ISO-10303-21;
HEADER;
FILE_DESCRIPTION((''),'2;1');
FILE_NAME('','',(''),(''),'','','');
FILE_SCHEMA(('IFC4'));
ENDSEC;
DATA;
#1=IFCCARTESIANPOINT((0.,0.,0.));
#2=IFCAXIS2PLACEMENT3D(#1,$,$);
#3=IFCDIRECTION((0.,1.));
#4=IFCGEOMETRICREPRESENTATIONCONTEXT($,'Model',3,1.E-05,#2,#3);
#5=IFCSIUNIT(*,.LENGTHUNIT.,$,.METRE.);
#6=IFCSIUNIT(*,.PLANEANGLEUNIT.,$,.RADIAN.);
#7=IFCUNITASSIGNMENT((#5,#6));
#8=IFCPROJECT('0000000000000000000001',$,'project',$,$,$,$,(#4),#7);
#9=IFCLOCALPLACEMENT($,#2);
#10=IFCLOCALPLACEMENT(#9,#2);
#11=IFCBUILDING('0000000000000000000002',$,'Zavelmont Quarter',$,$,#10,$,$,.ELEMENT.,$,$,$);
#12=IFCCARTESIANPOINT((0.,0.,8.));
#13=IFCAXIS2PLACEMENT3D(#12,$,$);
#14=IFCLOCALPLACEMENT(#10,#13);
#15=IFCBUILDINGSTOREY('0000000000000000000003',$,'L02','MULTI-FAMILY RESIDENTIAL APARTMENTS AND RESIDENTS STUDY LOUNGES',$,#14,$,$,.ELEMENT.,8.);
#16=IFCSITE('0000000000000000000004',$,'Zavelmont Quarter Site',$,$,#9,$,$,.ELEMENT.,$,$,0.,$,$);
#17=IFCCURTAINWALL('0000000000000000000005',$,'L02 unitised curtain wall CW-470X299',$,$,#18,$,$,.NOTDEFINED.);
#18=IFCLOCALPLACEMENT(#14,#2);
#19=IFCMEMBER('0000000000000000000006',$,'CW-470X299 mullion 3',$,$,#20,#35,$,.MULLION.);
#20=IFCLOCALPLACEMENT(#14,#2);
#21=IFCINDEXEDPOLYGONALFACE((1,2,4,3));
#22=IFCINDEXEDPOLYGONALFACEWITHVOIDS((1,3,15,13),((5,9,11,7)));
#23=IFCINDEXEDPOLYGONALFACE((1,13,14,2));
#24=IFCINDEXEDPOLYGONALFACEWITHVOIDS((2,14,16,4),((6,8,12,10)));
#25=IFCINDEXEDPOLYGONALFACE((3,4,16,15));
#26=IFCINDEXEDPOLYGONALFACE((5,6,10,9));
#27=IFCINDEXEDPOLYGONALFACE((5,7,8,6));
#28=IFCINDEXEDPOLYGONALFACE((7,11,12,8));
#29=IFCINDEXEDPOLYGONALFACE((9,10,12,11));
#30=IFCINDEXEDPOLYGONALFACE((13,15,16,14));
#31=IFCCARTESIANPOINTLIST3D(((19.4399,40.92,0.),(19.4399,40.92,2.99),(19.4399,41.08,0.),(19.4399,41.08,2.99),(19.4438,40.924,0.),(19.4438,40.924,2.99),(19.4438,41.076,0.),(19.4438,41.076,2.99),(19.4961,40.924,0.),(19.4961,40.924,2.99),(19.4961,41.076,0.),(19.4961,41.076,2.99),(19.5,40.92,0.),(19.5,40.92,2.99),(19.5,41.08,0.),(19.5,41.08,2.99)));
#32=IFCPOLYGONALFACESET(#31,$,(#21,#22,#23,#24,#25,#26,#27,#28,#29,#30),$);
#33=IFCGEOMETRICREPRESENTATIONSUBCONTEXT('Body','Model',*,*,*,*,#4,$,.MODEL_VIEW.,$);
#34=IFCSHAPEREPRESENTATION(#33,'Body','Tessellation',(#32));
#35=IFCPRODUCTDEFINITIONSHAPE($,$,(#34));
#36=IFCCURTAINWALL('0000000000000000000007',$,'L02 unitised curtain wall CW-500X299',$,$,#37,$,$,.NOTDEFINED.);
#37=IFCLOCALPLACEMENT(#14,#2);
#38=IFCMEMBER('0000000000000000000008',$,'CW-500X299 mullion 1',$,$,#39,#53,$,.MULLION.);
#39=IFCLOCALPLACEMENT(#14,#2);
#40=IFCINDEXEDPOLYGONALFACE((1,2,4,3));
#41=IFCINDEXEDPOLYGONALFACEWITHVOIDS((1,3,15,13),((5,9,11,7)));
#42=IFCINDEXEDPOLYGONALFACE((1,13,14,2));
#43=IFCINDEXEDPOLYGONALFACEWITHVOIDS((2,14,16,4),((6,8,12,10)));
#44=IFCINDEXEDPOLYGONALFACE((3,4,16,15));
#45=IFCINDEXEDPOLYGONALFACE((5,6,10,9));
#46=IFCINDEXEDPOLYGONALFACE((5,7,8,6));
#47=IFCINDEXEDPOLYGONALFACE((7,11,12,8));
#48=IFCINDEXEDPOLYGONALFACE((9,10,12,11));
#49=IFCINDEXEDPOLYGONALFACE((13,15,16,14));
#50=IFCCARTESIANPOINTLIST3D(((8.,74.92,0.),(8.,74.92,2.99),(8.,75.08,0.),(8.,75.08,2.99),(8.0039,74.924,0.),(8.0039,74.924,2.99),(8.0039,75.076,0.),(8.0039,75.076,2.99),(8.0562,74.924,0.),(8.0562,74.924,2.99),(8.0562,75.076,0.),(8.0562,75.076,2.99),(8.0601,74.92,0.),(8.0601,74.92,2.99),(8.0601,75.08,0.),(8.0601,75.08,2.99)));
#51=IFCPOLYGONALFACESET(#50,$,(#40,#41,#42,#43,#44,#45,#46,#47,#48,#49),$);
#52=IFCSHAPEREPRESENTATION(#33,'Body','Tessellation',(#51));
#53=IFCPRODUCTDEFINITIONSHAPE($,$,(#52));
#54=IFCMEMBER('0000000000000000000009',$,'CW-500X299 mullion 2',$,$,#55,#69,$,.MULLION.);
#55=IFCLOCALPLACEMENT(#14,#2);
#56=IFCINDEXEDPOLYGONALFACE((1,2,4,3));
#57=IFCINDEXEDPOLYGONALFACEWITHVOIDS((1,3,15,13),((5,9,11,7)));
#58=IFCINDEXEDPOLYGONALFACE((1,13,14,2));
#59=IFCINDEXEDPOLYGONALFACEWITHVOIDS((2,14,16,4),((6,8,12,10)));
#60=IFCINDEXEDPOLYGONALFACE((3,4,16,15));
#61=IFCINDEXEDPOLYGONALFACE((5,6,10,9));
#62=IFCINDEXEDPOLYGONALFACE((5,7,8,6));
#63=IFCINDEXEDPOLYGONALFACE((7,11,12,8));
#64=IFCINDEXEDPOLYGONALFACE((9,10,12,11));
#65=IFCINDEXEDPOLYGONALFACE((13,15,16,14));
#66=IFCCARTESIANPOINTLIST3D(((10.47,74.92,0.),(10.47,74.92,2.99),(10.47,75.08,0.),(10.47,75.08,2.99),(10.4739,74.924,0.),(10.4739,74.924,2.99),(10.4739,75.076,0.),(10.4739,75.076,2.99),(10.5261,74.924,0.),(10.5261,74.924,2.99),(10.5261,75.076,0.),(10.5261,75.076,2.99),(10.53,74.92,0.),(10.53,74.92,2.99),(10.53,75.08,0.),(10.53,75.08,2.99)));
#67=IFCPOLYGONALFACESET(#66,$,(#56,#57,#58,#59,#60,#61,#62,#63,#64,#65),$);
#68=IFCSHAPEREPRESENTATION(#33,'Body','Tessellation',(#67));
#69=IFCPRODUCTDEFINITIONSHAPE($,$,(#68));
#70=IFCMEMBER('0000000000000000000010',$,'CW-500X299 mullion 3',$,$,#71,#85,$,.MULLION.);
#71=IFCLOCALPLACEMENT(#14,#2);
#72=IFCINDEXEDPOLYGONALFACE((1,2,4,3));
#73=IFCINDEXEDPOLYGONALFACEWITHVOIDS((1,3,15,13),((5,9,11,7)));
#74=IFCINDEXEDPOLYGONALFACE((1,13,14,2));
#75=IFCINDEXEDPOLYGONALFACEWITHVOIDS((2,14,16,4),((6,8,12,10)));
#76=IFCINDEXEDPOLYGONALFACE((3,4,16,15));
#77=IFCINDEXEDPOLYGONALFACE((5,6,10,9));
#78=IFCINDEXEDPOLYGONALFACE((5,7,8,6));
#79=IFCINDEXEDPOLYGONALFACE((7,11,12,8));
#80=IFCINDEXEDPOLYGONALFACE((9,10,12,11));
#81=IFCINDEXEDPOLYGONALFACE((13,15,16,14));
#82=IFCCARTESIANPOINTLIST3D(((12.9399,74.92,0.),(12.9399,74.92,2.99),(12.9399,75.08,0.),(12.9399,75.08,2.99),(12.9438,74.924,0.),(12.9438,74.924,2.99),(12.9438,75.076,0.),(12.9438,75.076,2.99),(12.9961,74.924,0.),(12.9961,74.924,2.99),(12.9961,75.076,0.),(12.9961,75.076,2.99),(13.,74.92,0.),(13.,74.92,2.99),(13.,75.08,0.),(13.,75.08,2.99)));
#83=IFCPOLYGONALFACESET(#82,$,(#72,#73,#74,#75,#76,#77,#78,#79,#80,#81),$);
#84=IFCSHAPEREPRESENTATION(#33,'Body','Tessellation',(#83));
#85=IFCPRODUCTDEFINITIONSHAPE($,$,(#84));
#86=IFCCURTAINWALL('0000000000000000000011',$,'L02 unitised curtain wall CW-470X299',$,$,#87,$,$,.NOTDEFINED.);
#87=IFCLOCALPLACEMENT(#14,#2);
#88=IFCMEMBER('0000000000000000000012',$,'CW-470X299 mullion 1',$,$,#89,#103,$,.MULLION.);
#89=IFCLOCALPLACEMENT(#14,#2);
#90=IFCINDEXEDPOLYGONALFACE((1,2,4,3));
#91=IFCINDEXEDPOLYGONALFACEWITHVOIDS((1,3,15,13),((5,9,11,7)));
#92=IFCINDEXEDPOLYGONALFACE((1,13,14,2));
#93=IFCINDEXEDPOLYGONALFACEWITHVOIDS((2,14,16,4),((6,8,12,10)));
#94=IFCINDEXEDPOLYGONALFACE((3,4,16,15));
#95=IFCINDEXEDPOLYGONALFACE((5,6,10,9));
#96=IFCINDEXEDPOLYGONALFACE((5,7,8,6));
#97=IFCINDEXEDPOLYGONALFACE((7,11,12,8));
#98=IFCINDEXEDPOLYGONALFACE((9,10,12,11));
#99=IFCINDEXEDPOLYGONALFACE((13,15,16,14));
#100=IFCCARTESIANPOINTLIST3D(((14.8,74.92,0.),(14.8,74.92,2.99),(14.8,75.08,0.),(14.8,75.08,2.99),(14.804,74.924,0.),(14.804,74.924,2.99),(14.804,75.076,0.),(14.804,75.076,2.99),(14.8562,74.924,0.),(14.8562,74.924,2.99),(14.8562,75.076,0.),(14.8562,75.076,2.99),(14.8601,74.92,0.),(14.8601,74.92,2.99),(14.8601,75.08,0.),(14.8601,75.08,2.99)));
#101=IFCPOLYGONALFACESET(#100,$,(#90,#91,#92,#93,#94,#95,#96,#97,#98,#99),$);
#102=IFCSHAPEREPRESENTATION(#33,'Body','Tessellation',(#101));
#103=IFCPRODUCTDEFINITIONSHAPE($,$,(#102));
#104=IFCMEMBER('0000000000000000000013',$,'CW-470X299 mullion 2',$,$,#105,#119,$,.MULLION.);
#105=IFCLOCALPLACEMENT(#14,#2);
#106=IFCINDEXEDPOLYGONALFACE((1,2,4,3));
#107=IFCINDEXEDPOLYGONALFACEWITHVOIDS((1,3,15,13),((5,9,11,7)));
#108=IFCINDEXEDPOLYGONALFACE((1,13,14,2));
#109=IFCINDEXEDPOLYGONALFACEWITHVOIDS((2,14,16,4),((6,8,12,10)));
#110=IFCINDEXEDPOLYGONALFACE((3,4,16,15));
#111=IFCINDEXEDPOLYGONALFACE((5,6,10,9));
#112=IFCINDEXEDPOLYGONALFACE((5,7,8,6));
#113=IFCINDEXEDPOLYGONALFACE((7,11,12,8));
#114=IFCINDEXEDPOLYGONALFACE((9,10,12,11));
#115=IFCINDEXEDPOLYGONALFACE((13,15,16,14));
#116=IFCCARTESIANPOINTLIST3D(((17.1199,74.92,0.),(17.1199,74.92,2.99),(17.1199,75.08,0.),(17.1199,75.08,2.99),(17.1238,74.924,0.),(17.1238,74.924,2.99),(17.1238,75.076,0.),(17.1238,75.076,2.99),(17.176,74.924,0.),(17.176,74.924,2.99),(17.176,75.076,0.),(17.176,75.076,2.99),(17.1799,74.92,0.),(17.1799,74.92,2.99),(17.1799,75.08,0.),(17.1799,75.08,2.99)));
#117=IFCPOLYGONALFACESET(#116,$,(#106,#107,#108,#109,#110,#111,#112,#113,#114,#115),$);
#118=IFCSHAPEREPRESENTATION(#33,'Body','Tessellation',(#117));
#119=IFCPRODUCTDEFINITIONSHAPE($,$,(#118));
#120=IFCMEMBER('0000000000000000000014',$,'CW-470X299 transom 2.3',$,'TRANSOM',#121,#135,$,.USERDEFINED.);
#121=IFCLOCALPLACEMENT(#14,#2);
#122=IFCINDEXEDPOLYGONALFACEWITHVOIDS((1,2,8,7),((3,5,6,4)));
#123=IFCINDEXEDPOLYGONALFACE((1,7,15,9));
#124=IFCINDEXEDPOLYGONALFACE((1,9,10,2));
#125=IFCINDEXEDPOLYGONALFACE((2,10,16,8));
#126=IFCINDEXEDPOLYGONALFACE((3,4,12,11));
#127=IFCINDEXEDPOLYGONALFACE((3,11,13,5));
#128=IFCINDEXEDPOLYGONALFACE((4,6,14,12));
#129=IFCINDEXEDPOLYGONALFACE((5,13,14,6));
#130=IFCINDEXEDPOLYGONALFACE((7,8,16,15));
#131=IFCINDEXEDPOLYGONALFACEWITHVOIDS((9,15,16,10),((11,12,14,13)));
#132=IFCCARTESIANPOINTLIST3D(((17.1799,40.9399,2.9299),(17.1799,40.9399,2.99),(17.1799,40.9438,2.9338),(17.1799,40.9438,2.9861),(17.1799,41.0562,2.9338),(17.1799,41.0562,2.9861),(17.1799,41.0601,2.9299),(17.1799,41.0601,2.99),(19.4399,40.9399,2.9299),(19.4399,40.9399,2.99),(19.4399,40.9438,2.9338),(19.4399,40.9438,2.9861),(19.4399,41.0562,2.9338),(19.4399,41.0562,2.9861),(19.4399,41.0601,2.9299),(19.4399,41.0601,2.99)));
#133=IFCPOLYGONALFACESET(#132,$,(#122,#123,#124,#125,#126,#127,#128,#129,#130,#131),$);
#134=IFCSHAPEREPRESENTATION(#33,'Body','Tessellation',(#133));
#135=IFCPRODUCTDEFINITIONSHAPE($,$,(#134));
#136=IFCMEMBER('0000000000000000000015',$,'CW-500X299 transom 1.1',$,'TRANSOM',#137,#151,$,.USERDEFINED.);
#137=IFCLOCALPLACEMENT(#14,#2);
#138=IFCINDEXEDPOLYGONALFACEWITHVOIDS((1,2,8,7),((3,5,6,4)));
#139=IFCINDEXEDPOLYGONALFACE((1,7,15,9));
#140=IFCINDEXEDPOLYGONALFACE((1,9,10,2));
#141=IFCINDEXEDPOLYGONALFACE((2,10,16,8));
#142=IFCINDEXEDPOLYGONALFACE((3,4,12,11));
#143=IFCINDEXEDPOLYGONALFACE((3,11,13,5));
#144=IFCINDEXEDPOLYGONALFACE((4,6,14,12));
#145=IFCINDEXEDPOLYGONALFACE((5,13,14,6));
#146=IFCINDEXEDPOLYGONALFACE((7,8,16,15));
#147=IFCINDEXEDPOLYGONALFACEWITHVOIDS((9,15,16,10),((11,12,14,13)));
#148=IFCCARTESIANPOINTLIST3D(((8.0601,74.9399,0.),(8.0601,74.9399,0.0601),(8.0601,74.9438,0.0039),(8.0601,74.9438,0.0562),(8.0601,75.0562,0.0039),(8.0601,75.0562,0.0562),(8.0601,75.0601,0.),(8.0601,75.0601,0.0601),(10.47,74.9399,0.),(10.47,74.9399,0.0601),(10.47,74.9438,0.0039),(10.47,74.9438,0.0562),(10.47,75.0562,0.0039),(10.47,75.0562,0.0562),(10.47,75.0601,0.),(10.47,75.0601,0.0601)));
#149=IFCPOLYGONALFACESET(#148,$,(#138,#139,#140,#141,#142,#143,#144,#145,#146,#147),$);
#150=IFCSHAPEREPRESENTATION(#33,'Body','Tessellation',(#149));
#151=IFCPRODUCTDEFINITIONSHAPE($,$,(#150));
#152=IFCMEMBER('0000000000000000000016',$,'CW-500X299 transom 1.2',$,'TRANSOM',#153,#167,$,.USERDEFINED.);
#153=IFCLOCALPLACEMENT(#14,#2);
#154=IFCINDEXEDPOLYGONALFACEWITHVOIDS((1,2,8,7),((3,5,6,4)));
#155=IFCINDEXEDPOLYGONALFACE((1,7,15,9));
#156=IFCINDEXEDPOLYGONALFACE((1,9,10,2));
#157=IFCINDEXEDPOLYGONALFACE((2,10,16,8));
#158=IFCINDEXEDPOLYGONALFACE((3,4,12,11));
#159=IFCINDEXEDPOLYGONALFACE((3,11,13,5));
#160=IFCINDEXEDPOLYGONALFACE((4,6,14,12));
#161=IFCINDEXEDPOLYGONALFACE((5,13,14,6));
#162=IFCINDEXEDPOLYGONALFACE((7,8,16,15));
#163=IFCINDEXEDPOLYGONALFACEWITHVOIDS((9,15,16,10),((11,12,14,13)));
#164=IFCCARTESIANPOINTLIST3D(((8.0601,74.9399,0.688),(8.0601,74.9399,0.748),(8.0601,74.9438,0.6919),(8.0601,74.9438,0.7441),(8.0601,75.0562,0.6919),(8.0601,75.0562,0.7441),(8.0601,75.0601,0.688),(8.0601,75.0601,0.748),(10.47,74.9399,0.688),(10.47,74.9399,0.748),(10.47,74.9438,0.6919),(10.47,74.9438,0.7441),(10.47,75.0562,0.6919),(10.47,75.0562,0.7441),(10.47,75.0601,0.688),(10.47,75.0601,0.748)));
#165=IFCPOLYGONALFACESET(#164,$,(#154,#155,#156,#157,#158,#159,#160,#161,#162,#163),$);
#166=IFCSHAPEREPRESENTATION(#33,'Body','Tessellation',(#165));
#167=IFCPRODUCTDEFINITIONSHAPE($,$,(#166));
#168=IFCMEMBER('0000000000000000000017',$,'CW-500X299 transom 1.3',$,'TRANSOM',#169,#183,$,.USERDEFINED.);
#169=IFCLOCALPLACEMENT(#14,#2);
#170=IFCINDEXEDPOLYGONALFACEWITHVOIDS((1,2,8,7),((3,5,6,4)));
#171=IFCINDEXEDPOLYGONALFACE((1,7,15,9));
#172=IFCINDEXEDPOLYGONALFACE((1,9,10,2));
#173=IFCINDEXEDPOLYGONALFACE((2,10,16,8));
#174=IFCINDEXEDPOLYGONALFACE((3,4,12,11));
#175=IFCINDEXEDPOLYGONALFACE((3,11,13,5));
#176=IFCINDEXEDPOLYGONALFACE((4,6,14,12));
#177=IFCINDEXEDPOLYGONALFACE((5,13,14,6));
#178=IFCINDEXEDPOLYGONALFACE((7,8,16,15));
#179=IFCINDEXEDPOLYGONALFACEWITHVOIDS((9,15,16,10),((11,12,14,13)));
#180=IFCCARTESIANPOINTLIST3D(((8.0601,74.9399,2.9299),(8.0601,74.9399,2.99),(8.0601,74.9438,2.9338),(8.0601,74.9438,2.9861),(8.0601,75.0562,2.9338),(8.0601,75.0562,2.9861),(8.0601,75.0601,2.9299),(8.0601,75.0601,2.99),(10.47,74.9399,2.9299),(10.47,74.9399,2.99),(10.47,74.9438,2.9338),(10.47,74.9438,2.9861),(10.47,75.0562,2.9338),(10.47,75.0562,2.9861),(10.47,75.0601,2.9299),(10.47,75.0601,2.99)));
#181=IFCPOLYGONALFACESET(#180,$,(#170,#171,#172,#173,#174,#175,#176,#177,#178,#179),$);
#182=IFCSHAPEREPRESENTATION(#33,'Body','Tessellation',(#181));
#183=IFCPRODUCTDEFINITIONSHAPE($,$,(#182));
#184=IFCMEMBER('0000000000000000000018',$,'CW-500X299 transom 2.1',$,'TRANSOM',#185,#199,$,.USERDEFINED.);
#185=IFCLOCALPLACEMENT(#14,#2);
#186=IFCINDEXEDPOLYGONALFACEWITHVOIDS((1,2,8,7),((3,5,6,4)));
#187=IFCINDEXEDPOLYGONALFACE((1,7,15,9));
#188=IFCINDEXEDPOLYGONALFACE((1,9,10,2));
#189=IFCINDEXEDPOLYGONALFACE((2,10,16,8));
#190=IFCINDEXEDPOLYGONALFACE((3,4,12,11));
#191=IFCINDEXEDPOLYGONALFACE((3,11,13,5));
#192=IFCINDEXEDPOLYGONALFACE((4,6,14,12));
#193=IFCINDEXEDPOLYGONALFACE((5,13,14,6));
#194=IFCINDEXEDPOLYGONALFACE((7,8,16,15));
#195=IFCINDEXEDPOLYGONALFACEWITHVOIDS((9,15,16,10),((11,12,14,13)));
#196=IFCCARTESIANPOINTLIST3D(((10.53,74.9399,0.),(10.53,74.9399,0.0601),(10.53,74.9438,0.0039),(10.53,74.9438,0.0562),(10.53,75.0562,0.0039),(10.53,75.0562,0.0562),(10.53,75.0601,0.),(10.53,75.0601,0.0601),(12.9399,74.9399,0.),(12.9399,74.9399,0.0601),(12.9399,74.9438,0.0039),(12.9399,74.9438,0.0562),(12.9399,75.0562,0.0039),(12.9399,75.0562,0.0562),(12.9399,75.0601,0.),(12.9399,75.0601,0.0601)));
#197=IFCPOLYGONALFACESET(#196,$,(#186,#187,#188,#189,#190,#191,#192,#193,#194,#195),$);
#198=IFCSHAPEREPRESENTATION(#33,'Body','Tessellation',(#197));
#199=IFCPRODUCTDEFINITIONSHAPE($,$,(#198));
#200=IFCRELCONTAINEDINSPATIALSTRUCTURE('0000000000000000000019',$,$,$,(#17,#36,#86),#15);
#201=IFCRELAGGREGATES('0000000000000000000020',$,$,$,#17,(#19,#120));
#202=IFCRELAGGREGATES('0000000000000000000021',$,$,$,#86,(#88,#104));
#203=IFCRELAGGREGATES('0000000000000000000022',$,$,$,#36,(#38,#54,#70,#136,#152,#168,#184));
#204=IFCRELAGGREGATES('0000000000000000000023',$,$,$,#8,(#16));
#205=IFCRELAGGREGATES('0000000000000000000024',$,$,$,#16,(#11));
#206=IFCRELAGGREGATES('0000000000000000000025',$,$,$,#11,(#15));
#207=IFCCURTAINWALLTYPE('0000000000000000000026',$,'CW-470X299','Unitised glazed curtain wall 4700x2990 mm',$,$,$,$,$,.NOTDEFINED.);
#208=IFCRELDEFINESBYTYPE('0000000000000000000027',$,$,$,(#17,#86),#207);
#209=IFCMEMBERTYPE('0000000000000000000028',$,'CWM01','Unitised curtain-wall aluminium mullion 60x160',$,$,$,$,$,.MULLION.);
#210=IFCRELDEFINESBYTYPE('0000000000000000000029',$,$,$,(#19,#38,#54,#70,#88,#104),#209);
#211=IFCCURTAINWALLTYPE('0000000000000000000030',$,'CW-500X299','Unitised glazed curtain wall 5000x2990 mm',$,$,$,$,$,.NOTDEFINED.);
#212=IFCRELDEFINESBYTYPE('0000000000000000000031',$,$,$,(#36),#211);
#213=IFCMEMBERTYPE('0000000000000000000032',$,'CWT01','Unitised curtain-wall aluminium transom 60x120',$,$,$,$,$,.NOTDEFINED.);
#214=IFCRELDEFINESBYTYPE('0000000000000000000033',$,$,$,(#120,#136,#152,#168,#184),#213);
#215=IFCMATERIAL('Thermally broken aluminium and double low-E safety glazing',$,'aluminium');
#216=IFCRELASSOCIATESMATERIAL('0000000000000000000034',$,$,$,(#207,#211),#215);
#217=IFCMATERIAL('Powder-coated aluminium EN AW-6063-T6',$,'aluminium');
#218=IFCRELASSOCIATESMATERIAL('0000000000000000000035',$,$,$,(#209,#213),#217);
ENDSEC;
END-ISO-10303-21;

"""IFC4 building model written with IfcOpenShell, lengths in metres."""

from ifc_helpers import new_model, si_unit, direction, frame, origin, origin_2d, place, context, subcontext, project, spatial, hollow_rectangle, extrude, material, material_profile, profile_set, type_object, element, aggregate, save


model = new_model("IFC4")

# Units and contexts
model_context = context("Model", 3, precision=1e-05, world=origin(), true_north=direction((0.0, 1.0)))
body_context = subcontext(model_context, "Body", "Model", "MODEL_VIEW")
ifc_project = project(units=[si_unit("LENGTHUNIT", "METRE"), si_unit("PLANEANGLEUNIT", "RADIAN")], contexts=[model_context])

# Site, building, storey
site_placement = place(None, origin())
site = spatial("IfcSite", under=ifc_project, at=site_placement, Name="Zavelmont Quarter Site", CompositionType="ELEMENT", RefElevation=0.0)
building_placement = place(site_placement, origin())
building = spatial("IfcBuilding", under=site, at=building_placement, Name="Zavelmont Quarter", CompositionType="ELEMENT")
storey_placement = place(building_placement, frame((0.0, 0.0, 8.0)))
storey = spatial("IfcBuildingStorey", under=building, at=storey_placement, Name="L02", Description="MULTI-FAMILY RESIDENTIAL APARTMENTS AND RESIDENTS STUDY LOUNGES", CompositionType="ELEMENT", Elevation=8.0)

# Curtain wall, member
ifc_material_1 = material(Name="Thermally broken aluminium and double low-E safety glazing", Category="aluminium")
curtain_wall_type_1 = type_object("IfcCurtainWallType", Name="CW-470X299", Description="Unitised glazed curtain wall 4700x2990 mm", PredefinedType="NOTDEFINED", material=ifc_material_1)
curtain_wall_1_placement = place(storey_placement, origin())
curtain_wall_1 = element("IfcCurtainWall", 1, at=curtain_wall_1_placement, inside=storey, type_object=curtain_wall_type_1, Name="L02 unitised curtain wall CW-470X299", PredefinedType="NOTDEFINED")
ifc_material_2 = material(Name="Powder-coated aluminium EN AW-6063-T6", Category="aluminium")
ifc_material_profile_1 = material_profile(ifc_material_2, hollow_rectangle(XDim=0.0601, YDim=0.1599, WallThickness=0.0039, at=origin_2d()), Name="CWM60X160")
ifc_profile_set_1 = profile_set([ifc_material_profile_1], Name="Powder-coated aluminium EN AW-6063-T6")
member_type_1 = type_object("IfcMemberType", Name="CWM01", Description="Unitised curtain-wall aluminium mullion 60x160", PredefinedType="MULLION", material=ifc_profile_set_1)
member_1_placement = place(storey_placement, frame((19.47, 41.0, 0.0), z_axis=(0.0, 0.0, 1.0), x_axis=(1.0, 0.0, 0.0)))
member_1 = element("IfcMember", 2, at=member_1_placement, type_object=member_type_1, Name="CW-470X299 mullion 3", PredefinedType="MULLION", context=body_context, shape_type="SweptSolid", body=[
    extrude(hollow_rectangle(XDim=0.0601, YDim=0.1599, WallThickness=0.0039, at=origin_2d()), origin(), (0.0, 0.0, 1.0), 2.99),
])

# Curtain walls, members
curtain_wall_type_2 = type_object("IfcCurtainWallType", Name="CW-500X299", Description="Unitised glazed curtain wall 5000x2990 mm", PredefinedType="NOTDEFINED", material=ifc_material_1)
curtain_wall_2_placement = place(storey_placement, origin())
curtain_wall_2 = element("IfcCurtainWall", 3, at=curtain_wall_2_placement, inside=storey, type_object=curtain_wall_type_2, Name="L02 unitised curtain wall CW-500X299", PredefinedType="NOTDEFINED")
member_2_placement = place(storey_placement, frame((8.03, 75.0, 0.0), z_axis=(0.0, 0.0, 1.0), x_axis=(1.0, 0.0, 0.0)))
member_2 = element("IfcMember", 4, at=member_2_placement, type_object=member_type_1, Name="CW-500X299 mullion 1", PredefinedType="MULLION", context=body_context, shape_type="SweptSolid", body=[
    extrude(hollow_rectangle(XDim=0.0601, YDim=0.1599, WallThickness=0.0039, at=origin_2d()), origin(), (0.0, 0.0, 1.0), 2.99),
])
member_3_placement = place(storey_placement, frame((10.5, 75.0, 0.0), z_axis=(0.0, 0.0, 1.0), x_axis=(1.0, 0.0, 0.0)))
member_3 = element("IfcMember", 5, at=member_3_placement, type_object=member_type_1, Name="CW-500X299 mullion 2", PredefinedType="MULLION", context=body_context, shape_type="SweptSolid", body=[
    extrude(hollow_rectangle(XDim=0.0601, YDim=0.1599, WallThickness=0.0039, at=origin_2d()), origin(), (0.0, 0.0, 1.0), 2.99),
])
member_4_placement = place(storey_placement, frame((12.97, 75.0, 0.0), z_axis=(0.0, 0.0, 1.0), x_axis=(1.0, 0.0, 0.0)))
member_4 = element("IfcMember", 6, at=member_4_placement, type_object=member_type_1, Name="CW-500X299 mullion 3", PredefinedType="MULLION", context=body_context, shape_type="SweptSolid", body=[
    extrude(hollow_rectangle(XDim=0.0601, YDim=0.1599, WallThickness=0.0039, at=origin_2d()), origin(), (0.0, 0.0, 1.0), 2.99),
])
curtain_wall_3_placement = place(storey_placement, origin())
curtain_wall_3 = element("IfcCurtainWall", 7, at=curtain_wall_3_placement, inside=storey, type_object=curtain_wall_type_1, Name="L02 unitised curtain wall CW-470X299", PredefinedType="NOTDEFINED")
member_5_placement = place(storey_placement, frame((14.8301, 75.0, 0.0), z_axis=(0.0, 0.0, 1.0), x_axis=(1.0, 0.0, 0.0)))
member_5 = element("IfcMember", 8, at=member_5_placement, type_object=member_type_1, Name="CW-470X299 mullion 1", PredefinedType="MULLION", context=body_context, shape_type="SweptSolid", body=[
    extrude(hollow_rectangle(XDim=0.0601, YDim=0.1599, WallThickness=0.0039, at=origin_2d()), origin(), (0.0, 0.0, 1.0), 2.99),
])
member_6_placement = place(storey_placement, frame((17.1499, 75.0, 0.0), z_axis=(0.0, 0.0, 1.0), x_axis=(1.0, 0.0, 0.0)))
member_6 = element("IfcMember", 9, at=member_6_placement, type_object=member_type_1, Name="CW-470X299 mullion 2", PredefinedType="MULLION", context=body_context, shape_type="SweptSolid", body=[
    extrude(hollow_rectangle(XDim=0.0601, YDim=0.1599, WallThickness=0.0039, at=origin_2d()), origin(), (0.0, 0.0, 1.0), 2.99),
])

# Members
ifc_material_profile_2 = material_profile(ifc_material_2, hollow_rectangle(XDim=0.1201, YDim=0.0601, WallThickness=0.0039, at=origin_2d()), Name="CWT60X120")
ifc_profile_set_2 = profile_set([ifc_material_profile_2], Name="Powder-coated aluminium EN AW-6063-T6")
member_type_2 = type_object("IfcMemberType", Name="CWT01", Description="Unitised curtain-wall aluminium transom 60x120", PredefinedType="NOTDEFINED", material=ifc_profile_set_2)
member_7_placement = place(storey_placement, frame((17.1799, 41.0, 2.96), z_axis=(1.0, 0.0, 0.0), x_axis=(0.0, 1.0, 0.0)))
member_7 = element("IfcMember", 10, at=member_7_placement, type_object=member_type_2, Name="CW-470X299 transom 2.3", ObjectType="TRANSOM", PredefinedType="USERDEFINED", context=body_context, shape_type="SweptSolid", body=[
    extrude(hollow_rectangle(XDim=0.1201, YDim=0.0601, WallThickness=0.0039, at=origin_2d()), origin(), (0.0, 0.0, 1.0), 2.26),
])
member_8_placement = place(storey_placement, frame((8.0601, 75.0, 0.03), z_axis=(1.0, 0.0, 0.0), x_axis=(0.0, 1.0, 0.0)))
member_8 = element("IfcMember", 11, at=member_8_placement, type_object=member_type_2, Name="CW-500X299 transom 1.1", ObjectType="TRANSOM", PredefinedType="USERDEFINED", context=body_context, shape_type="SweptSolid", body=[
    extrude(hollow_rectangle(XDim=0.1201, YDim=0.0601, WallThickness=0.0039, at=origin_2d()), origin(), (0.0, 0.0, 1.0), 2.4099),
])
member_9_placement = place(storey_placement, frame((8.0601, 75.0, 0.718), z_axis=(1.0, 0.0, 0.0), x_axis=(0.0, 1.0, 0.0)))
member_9 = element("IfcMember", 12, at=member_9_placement, type_object=member_type_2, Name="CW-500X299 transom 1.2", ObjectType="TRANSOM", PredefinedType="USERDEFINED", context=body_context, shape_type="SweptSolid", body=[
    extrude(hollow_rectangle(XDim=0.1201, YDim=0.0601, WallThickness=0.0039, at=origin_2d()), origin(), (0.0, 0.0, 1.0), 2.4099),
])
member_10_placement = place(storey_placement, frame((8.0601, 75.0, 2.96), z_axis=(1.0, 0.0, 0.0), x_axis=(0.0, 1.0, 0.0)))
member_10 = element("IfcMember", 13, at=member_10_placement, type_object=member_type_2, Name="CW-500X299 transom 1.3", ObjectType="TRANSOM", PredefinedType="USERDEFINED", context=body_context, shape_type="SweptSolid", body=[
    extrude(hollow_rectangle(XDim=0.1201, YDim=0.0601, WallThickness=0.0039, at=origin_2d()), origin(), (0.0, 0.0, 1.0), 2.4099),
])
member_11_placement = place(storey_placement, frame((10.53, 75.0, 0.03), z_axis=(1.0, 0.0, 0.0), x_axis=(0.0, 1.0, 0.0)))
member_11 = element("IfcMember", 14, at=member_11_placement, type_object=member_type_2, Name="CW-500X299 transom 2.1", ObjectType="TRANSOM", PredefinedType="USERDEFINED", context=body_context, shape_type="SweptSolid", body=[
    extrude(hollow_rectangle(XDim=0.1201, YDim=0.0601, WallThickness=0.0039, at=origin_2d()), origin(), (0.0, 0.0, 1.0), 2.4099),
])

aggregate(curtain_wall_1, [member_1, member_7])
aggregate(curtain_wall_3, [member_5, member_6])
aggregate(curtain_wall_2, [member_2, member_3, member_4, member_8, member_9, member_10, member_11])

save(model, "model.ifc")
